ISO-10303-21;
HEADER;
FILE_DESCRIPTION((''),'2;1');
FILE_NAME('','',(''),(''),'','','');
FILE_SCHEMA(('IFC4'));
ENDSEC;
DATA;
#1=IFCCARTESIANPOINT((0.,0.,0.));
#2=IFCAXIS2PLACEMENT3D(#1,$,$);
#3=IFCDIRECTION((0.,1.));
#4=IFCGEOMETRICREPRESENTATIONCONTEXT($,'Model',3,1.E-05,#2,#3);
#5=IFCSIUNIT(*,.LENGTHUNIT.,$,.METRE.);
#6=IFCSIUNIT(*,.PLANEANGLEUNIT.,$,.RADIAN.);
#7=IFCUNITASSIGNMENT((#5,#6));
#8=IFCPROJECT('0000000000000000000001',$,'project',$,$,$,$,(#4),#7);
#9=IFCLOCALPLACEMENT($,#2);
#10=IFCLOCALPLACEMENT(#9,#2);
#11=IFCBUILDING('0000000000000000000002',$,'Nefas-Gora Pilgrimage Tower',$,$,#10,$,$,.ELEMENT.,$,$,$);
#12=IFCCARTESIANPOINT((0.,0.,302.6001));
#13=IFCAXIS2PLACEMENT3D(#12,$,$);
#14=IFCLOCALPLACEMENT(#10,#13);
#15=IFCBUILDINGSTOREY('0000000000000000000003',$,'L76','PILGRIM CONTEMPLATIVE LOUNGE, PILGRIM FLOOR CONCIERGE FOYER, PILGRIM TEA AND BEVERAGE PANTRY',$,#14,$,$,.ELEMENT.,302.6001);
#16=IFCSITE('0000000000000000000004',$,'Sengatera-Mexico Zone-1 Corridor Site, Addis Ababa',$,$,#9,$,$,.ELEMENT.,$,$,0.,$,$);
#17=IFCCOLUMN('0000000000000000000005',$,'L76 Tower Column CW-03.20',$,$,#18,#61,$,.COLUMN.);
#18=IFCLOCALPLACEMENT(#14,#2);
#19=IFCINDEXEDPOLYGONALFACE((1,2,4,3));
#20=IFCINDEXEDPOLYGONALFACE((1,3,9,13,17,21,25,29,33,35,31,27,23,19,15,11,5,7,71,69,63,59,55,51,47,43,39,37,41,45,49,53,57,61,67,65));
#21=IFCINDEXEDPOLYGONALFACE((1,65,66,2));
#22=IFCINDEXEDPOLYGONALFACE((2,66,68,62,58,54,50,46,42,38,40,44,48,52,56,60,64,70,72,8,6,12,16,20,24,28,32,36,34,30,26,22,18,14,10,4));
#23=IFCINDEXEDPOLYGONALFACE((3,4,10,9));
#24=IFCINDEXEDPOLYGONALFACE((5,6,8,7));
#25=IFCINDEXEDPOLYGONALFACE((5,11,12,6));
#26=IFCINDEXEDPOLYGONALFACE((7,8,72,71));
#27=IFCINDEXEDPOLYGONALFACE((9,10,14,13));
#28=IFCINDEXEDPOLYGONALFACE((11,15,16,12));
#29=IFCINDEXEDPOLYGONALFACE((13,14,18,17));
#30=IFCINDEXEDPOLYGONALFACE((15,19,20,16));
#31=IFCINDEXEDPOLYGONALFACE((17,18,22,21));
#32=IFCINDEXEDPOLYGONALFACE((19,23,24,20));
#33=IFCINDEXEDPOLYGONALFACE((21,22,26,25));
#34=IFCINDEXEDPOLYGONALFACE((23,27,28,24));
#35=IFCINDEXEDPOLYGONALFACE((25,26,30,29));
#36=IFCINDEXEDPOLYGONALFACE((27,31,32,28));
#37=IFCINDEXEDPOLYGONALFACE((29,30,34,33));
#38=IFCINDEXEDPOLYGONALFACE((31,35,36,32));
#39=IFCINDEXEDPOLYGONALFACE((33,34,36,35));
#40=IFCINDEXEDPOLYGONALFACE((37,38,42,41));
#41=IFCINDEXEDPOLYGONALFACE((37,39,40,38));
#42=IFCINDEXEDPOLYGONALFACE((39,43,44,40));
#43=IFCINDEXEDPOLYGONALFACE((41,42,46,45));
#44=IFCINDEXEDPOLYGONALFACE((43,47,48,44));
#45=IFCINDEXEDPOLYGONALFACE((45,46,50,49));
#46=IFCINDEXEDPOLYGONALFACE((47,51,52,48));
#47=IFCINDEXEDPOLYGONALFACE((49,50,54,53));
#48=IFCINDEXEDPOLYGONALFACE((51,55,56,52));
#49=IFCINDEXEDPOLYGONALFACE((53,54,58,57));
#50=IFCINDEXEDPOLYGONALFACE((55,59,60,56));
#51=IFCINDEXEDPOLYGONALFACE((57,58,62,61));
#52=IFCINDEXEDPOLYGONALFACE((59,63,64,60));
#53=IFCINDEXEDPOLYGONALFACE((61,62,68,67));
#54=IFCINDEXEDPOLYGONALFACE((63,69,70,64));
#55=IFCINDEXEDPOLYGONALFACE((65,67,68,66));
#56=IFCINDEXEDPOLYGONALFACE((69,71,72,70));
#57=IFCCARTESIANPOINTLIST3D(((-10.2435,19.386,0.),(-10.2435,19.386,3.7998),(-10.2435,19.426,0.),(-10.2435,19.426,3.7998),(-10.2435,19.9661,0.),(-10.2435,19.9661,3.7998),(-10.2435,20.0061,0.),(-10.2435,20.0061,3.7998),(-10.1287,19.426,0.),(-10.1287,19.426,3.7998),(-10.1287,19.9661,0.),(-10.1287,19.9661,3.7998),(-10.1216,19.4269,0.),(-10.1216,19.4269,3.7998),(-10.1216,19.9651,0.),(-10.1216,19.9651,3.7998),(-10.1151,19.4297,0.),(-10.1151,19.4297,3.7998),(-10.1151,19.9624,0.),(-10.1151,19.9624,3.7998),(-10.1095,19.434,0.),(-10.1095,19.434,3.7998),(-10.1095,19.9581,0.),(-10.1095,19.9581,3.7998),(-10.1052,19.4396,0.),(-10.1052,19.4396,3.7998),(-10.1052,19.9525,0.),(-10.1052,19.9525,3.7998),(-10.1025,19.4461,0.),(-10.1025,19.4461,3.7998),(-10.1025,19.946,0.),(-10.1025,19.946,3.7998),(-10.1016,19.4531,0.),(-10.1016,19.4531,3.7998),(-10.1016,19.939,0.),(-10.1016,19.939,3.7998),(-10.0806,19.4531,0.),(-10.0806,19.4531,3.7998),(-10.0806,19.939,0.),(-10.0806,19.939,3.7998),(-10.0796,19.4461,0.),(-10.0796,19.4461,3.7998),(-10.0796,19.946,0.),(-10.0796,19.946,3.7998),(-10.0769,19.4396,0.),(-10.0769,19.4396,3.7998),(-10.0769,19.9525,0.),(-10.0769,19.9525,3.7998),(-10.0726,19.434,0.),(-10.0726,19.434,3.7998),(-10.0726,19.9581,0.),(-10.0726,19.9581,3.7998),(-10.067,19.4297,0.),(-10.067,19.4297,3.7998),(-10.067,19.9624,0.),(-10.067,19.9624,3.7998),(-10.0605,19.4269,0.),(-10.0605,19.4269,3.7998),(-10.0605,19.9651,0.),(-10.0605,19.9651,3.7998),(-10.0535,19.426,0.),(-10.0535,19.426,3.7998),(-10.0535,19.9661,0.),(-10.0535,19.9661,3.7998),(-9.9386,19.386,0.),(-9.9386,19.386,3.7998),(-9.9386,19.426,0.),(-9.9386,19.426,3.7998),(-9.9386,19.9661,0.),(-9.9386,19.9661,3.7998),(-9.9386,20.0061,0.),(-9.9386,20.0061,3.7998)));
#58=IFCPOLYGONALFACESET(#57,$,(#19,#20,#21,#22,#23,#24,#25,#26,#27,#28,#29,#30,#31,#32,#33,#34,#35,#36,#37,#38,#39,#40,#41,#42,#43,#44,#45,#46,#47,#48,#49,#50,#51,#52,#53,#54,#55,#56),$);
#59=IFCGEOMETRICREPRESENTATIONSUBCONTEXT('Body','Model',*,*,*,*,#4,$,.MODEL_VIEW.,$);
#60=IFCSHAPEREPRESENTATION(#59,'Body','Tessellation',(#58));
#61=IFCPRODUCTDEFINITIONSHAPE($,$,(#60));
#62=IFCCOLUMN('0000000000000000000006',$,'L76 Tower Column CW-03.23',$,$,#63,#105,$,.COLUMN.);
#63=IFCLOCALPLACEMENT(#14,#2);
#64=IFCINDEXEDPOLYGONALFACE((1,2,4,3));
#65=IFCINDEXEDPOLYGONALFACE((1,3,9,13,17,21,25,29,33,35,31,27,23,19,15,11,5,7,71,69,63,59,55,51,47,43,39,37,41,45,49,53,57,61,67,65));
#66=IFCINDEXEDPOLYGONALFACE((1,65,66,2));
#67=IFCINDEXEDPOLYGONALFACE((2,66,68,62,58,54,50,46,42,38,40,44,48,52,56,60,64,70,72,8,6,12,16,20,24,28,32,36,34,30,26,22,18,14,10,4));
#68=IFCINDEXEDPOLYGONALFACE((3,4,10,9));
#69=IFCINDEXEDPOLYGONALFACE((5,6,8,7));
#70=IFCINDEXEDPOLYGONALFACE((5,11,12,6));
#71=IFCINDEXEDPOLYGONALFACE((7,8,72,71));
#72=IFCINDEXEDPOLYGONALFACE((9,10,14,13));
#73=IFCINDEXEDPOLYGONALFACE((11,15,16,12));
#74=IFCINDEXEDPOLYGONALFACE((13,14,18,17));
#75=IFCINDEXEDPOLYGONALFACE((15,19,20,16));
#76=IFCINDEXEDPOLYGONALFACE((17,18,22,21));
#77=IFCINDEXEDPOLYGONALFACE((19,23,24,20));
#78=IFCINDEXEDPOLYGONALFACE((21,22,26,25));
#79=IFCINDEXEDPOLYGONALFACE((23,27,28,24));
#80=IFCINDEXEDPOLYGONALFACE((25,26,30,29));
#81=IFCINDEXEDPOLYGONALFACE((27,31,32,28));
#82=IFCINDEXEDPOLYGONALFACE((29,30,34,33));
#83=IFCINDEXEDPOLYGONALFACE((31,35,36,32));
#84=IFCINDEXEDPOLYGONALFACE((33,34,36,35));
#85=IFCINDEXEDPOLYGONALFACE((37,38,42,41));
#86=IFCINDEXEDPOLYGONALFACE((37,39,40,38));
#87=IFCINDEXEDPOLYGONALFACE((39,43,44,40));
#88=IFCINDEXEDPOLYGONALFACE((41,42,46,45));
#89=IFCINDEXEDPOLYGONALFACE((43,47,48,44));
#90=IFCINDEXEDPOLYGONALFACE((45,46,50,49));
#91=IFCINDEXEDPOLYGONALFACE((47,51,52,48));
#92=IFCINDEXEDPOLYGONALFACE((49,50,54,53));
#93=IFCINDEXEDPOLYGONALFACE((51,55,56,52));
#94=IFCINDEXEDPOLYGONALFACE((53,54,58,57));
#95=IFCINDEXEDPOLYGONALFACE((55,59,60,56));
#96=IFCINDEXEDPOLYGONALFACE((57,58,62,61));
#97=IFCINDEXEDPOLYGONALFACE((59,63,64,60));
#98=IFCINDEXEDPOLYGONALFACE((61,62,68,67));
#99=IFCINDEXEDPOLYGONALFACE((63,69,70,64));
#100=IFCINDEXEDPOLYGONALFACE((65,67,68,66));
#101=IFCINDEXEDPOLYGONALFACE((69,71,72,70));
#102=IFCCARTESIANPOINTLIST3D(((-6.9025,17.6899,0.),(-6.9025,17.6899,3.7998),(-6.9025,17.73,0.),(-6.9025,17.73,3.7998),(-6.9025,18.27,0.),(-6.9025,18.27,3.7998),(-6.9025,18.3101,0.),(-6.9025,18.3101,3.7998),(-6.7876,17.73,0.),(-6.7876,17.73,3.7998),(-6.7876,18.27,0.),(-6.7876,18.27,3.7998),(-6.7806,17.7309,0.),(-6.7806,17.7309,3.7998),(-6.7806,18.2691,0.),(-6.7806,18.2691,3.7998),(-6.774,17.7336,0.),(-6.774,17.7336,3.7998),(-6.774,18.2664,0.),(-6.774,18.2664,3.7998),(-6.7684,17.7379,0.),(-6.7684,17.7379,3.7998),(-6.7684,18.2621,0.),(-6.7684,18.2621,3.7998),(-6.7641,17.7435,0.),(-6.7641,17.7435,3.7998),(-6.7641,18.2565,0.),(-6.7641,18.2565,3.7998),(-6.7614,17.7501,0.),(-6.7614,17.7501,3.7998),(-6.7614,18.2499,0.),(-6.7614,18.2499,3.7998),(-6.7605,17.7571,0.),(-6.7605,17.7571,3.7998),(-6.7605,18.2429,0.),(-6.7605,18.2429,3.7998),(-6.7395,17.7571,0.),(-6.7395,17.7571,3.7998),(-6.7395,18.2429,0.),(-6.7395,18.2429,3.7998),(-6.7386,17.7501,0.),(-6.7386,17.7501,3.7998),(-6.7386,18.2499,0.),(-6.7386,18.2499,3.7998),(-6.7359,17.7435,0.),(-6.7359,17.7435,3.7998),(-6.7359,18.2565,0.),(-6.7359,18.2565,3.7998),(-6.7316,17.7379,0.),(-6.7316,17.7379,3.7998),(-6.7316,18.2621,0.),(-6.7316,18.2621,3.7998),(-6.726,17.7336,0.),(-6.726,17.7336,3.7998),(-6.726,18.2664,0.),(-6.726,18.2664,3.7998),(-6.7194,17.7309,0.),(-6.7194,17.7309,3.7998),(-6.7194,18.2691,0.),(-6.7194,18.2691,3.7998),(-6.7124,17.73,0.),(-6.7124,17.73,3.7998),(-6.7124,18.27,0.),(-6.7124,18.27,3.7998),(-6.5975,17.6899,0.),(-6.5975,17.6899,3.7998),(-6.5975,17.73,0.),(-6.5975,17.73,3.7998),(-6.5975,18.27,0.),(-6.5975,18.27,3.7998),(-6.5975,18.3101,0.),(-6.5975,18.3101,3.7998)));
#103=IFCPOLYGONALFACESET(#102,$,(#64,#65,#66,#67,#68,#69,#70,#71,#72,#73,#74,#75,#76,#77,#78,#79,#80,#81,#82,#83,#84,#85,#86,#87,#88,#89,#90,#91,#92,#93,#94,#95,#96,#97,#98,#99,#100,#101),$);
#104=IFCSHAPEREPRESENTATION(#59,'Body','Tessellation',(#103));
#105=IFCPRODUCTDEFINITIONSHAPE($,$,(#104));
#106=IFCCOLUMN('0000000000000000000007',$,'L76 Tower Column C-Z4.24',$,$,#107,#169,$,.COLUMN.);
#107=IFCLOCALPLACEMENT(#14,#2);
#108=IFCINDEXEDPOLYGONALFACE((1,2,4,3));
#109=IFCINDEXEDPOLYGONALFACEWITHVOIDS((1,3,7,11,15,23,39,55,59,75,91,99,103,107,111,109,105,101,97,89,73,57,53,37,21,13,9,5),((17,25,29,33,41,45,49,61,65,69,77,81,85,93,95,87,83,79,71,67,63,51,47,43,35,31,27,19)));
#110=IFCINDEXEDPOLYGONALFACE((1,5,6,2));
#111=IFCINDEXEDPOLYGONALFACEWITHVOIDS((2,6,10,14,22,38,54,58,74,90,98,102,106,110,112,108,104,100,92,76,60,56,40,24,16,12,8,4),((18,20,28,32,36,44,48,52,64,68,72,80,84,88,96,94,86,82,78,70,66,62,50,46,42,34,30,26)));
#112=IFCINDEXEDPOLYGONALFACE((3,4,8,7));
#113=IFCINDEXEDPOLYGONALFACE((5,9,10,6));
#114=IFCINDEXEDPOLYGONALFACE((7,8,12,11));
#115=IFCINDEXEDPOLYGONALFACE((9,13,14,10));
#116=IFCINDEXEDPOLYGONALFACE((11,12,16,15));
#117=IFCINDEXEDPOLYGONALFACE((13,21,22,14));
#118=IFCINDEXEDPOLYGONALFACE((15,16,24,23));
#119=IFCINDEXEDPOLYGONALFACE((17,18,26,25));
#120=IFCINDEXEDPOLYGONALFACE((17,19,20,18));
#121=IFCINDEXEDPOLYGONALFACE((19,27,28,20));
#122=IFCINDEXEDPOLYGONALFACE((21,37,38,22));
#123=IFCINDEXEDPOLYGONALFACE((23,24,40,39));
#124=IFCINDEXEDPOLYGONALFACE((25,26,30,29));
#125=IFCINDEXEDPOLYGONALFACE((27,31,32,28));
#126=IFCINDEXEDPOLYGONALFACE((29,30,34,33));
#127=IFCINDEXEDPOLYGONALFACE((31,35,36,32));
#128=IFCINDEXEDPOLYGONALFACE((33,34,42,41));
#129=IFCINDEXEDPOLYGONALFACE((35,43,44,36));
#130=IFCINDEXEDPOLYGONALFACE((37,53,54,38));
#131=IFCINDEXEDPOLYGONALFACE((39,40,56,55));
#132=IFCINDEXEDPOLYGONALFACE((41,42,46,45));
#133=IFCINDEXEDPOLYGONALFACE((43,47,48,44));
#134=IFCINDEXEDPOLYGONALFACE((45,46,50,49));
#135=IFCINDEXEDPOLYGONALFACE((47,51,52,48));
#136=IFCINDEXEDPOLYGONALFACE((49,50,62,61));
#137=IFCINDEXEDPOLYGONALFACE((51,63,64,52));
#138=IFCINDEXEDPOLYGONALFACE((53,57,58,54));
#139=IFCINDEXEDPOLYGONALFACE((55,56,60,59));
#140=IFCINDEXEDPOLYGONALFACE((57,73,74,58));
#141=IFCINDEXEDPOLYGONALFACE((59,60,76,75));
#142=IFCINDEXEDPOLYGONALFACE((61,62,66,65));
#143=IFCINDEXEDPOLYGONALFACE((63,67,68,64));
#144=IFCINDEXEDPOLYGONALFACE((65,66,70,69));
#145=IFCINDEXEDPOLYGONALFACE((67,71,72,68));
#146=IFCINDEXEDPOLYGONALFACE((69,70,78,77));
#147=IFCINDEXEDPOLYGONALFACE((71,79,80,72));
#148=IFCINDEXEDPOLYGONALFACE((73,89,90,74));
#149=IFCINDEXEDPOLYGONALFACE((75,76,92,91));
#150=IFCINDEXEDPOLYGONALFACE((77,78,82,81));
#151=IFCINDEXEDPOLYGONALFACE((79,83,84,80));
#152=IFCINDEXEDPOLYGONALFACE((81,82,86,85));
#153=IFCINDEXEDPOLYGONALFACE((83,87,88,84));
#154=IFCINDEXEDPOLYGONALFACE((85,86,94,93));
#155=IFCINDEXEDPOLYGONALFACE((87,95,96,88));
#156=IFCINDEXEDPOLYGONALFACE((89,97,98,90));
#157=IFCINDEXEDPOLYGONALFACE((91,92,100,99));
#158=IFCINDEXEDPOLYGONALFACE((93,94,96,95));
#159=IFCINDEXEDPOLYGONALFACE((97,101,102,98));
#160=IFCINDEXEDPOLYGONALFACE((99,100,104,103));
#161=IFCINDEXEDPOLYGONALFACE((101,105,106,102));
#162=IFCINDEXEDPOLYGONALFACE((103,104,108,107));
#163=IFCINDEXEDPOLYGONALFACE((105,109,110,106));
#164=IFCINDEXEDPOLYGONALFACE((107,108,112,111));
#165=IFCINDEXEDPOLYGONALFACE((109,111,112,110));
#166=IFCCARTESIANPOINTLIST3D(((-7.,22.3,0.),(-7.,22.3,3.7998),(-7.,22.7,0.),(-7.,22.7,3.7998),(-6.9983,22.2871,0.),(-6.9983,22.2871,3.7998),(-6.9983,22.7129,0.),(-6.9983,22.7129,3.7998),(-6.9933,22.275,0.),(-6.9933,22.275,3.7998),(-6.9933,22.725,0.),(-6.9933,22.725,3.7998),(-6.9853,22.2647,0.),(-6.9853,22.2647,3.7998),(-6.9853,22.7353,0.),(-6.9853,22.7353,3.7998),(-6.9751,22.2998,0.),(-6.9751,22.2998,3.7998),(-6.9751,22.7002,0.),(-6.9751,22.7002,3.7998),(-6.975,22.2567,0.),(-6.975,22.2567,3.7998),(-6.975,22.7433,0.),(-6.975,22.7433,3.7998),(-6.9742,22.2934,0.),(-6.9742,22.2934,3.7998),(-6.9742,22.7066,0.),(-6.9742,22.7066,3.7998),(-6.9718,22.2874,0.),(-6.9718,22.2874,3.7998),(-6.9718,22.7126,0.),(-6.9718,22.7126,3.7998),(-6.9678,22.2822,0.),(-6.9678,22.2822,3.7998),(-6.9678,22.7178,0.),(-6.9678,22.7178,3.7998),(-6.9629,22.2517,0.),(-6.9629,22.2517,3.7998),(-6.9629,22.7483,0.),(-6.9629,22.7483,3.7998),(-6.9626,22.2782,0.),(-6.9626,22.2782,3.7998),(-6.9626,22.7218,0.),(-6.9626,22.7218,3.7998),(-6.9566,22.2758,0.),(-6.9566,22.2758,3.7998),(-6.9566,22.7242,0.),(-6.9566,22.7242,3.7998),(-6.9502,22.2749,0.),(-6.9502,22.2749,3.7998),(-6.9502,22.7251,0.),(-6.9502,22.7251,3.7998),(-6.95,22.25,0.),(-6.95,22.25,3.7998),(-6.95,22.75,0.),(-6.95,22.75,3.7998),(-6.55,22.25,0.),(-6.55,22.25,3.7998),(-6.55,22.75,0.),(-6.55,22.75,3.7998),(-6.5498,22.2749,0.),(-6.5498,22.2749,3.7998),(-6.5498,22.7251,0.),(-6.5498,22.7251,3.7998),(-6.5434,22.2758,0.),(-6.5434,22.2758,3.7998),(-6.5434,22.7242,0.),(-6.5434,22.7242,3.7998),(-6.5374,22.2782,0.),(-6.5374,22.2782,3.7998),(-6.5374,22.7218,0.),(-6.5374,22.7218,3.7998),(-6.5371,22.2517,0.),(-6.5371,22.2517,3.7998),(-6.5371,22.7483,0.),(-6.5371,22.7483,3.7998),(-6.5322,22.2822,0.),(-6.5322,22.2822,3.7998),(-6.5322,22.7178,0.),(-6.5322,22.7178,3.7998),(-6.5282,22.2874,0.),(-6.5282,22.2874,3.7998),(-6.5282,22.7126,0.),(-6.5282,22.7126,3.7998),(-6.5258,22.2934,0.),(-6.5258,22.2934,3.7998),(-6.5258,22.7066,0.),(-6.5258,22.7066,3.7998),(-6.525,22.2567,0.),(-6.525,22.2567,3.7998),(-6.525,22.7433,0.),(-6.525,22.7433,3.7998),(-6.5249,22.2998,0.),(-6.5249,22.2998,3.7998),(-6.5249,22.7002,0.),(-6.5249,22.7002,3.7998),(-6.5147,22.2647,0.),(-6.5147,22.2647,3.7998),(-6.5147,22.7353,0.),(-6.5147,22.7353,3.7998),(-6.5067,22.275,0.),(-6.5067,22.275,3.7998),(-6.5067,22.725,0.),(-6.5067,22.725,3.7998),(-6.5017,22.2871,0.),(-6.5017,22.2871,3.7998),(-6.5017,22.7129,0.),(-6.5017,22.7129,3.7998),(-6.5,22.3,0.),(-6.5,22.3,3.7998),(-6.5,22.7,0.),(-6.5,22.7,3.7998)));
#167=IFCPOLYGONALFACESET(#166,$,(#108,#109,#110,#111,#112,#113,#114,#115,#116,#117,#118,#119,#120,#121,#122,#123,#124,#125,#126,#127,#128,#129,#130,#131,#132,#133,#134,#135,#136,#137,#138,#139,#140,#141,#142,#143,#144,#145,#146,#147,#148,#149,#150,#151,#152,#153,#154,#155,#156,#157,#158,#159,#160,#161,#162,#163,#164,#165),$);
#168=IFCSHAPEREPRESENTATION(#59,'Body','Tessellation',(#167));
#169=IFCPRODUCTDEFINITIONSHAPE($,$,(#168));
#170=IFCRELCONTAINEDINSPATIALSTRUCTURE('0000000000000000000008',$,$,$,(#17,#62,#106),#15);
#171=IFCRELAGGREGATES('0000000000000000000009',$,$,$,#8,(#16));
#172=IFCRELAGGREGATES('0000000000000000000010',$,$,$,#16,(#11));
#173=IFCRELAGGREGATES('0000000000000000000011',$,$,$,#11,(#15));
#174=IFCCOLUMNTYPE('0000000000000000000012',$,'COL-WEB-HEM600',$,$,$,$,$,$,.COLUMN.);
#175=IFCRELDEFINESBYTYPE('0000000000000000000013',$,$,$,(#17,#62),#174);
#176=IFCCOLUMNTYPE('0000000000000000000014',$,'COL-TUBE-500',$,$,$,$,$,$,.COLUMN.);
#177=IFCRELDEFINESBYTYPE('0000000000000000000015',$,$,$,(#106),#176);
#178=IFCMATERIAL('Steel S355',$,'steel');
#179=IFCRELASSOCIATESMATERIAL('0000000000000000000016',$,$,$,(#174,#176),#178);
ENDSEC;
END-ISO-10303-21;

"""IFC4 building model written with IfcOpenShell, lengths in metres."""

from ifc_helpers import new_model, si_unit, direction, frame, origin, origin_2d, place, context, subcontext, project, spatial, hollow_rectangle, i_section, extrude, source, transform, mapped, material, material_profile, profile_set, type_object, element, save


model = new_model("IFC4")

# Units and contexts
model_context = context("Model", 3, precision=1e-05, world=origin(), true_north=direction((0.0, 1.0)))
body_context = subcontext(model_context, "Body", "Model", "MODEL_VIEW")
ifc_project = project(units=[si_unit("LENGTHUNIT", "METRE"), si_unit("PLANEANGLEUNIT", "RADIAN")], contexts=[model_context])

# Site, building, storey
site_placement = place(None, origin())
site = spatial("IfcSite", under=ifc_project, at=site_placement, Name="Sengatera-Mexico Zone-1 Corridor Site, Addis Ababa", CompositionType="ELEMENT", RefElevation=0.0)
building_placement = place(site_placement, origin())
building = spatial("IfcBuilding", under=site, at=building_placement, Name="Nefas-Gora Pilgrimage Tower", CompositionType="ELEMENT")
storey_placement = place(building_placement, frame((0.0, 0.0, 302.6001)))
storey = spatial("IfcBuildingStorey", under=building, at=storey_placement, Name="L76", Description="PILGRIM CONTEMPLATIVE LOUNGE, PILGRIM FLOOR CONCIERGE FOYER, PILGRIM TEA AND BEVERAGE PANTRY", CompositionType="ELEMENT", Elevation=302.6001)

# Columns
ifc_material_1 = material(Name="Steel S355", Category="steel")
ifc_material_profile_1 = material_profile(ifc_material_1, i_section(OverallWidth=0.3049, OverallDepth=0.6201, WebThickness=0.021, FlangeThickness=0.04, FilletRadius=0.0271, at=origin_2d()), Name="HEM 600")
ifc_profile_set_1 = profile_set([ifc_material_profile_1], Name="Steel S355")
column_type_1 = type_object("IfcColumnType", Name="COL-WEB-HEM600", PredefinedType="COLUMN", material=ifc_profile_set_1)
shared_shape_1 = source(origin(), body_context, "Body", "SweptSolid", [
    extrude(i_section(OverallWidth=0.3049, OverallDepth=0.6201, WebThickness=0.021, FlangeThickness=0.04, FilletRadius=0.0271, at=origin_2d()), origin(), (0.0, 0.0, 1.0), 3.7998),
])
for number, where, z_axis, x_axis, name in (
    (1, (-10.0911, 19.696, 0.0), (0.0, 0.0, 1.0), (1.0, 0.0, 0.0), "L76 Tower Column CW-03.20"),
    (2, (-6.75, 18.0, 0.0), (0.0, 0.0, 1.0), (1.0, 0.0, 0.0), "L76 Tower Column CW-03.23"),
):
    element("IfcColumn", number, at=place(storey_placement, frame(where, z_axis=z_axis, x_axis=x_axis)), inside=storey, type_object=column_type_1, Name=name, PredefinedType="COLUMN", context=body_context, shape_type="MappedRepresentation", body=[
        mapped(shared_shape_1, transform((0.0, 0.0, 0.0), x_axis=(1.0, 0.0, 0.0), y_axis=(0.0, 1.0, 0.0), z_axis=(0.0, 0.0, 1.0), scale=1.0)),
    ])
ifc_material_profile_2 = material_profile(ifc_material_1, hollow_rectangle(XDim=0.5, YDim=0.5, WallThickness=0.0249, InnerFilletRadius=0.0249, OuterFilletRadius=0.05, at=origin_2d()), Name="SHS 500x500x25")
ifc_profile_set_2 = profile_set([ifc_material_profile_2], Name="Steel S355")
column_type_2 = type_object("IfcColumnType", Name="COL-TUBE-500", PredefinedType="COLUMN", material=ifc_profile_set_2)
shared_shape_2 = source(origin(), body_context, "Body", "SweptSolid", [
    extrude(hollow_rectangle(XDim=0.5, YDim=0.5, WallThickness=0.0249, InnerFilletRadius=0.0249, OuterFilletRadius=0.05, at=origin_2d()), origin(), (0.0, 0.0, 1.0), 3.7998),
])
column_placement = place(storey_placement, frame((-6.75, 22.5, 0.0), z_axis=(0.0, 0.0, 1.0), x_axis=(1.0, 0.0, 0.0)))
element("IfcColumn", 3, at=column_placement, inside=storey, type_object=column_type_2, Name="L76 Tower Column C-Z4.24", PredefinedType="COLUMN", context=body_context, shape_type="MappedRepresentation", body=[
    mapped(shared_shape_2, transform((0.0, 0.0, 0.0), x_axis=(1.0, 0.0, 0.0), y_axis=(0.0, 1.0, 0.0), z_axis=(0.0, 0.0, 1.0), scale=1.0)),
])

save(model, "model.ifc")
